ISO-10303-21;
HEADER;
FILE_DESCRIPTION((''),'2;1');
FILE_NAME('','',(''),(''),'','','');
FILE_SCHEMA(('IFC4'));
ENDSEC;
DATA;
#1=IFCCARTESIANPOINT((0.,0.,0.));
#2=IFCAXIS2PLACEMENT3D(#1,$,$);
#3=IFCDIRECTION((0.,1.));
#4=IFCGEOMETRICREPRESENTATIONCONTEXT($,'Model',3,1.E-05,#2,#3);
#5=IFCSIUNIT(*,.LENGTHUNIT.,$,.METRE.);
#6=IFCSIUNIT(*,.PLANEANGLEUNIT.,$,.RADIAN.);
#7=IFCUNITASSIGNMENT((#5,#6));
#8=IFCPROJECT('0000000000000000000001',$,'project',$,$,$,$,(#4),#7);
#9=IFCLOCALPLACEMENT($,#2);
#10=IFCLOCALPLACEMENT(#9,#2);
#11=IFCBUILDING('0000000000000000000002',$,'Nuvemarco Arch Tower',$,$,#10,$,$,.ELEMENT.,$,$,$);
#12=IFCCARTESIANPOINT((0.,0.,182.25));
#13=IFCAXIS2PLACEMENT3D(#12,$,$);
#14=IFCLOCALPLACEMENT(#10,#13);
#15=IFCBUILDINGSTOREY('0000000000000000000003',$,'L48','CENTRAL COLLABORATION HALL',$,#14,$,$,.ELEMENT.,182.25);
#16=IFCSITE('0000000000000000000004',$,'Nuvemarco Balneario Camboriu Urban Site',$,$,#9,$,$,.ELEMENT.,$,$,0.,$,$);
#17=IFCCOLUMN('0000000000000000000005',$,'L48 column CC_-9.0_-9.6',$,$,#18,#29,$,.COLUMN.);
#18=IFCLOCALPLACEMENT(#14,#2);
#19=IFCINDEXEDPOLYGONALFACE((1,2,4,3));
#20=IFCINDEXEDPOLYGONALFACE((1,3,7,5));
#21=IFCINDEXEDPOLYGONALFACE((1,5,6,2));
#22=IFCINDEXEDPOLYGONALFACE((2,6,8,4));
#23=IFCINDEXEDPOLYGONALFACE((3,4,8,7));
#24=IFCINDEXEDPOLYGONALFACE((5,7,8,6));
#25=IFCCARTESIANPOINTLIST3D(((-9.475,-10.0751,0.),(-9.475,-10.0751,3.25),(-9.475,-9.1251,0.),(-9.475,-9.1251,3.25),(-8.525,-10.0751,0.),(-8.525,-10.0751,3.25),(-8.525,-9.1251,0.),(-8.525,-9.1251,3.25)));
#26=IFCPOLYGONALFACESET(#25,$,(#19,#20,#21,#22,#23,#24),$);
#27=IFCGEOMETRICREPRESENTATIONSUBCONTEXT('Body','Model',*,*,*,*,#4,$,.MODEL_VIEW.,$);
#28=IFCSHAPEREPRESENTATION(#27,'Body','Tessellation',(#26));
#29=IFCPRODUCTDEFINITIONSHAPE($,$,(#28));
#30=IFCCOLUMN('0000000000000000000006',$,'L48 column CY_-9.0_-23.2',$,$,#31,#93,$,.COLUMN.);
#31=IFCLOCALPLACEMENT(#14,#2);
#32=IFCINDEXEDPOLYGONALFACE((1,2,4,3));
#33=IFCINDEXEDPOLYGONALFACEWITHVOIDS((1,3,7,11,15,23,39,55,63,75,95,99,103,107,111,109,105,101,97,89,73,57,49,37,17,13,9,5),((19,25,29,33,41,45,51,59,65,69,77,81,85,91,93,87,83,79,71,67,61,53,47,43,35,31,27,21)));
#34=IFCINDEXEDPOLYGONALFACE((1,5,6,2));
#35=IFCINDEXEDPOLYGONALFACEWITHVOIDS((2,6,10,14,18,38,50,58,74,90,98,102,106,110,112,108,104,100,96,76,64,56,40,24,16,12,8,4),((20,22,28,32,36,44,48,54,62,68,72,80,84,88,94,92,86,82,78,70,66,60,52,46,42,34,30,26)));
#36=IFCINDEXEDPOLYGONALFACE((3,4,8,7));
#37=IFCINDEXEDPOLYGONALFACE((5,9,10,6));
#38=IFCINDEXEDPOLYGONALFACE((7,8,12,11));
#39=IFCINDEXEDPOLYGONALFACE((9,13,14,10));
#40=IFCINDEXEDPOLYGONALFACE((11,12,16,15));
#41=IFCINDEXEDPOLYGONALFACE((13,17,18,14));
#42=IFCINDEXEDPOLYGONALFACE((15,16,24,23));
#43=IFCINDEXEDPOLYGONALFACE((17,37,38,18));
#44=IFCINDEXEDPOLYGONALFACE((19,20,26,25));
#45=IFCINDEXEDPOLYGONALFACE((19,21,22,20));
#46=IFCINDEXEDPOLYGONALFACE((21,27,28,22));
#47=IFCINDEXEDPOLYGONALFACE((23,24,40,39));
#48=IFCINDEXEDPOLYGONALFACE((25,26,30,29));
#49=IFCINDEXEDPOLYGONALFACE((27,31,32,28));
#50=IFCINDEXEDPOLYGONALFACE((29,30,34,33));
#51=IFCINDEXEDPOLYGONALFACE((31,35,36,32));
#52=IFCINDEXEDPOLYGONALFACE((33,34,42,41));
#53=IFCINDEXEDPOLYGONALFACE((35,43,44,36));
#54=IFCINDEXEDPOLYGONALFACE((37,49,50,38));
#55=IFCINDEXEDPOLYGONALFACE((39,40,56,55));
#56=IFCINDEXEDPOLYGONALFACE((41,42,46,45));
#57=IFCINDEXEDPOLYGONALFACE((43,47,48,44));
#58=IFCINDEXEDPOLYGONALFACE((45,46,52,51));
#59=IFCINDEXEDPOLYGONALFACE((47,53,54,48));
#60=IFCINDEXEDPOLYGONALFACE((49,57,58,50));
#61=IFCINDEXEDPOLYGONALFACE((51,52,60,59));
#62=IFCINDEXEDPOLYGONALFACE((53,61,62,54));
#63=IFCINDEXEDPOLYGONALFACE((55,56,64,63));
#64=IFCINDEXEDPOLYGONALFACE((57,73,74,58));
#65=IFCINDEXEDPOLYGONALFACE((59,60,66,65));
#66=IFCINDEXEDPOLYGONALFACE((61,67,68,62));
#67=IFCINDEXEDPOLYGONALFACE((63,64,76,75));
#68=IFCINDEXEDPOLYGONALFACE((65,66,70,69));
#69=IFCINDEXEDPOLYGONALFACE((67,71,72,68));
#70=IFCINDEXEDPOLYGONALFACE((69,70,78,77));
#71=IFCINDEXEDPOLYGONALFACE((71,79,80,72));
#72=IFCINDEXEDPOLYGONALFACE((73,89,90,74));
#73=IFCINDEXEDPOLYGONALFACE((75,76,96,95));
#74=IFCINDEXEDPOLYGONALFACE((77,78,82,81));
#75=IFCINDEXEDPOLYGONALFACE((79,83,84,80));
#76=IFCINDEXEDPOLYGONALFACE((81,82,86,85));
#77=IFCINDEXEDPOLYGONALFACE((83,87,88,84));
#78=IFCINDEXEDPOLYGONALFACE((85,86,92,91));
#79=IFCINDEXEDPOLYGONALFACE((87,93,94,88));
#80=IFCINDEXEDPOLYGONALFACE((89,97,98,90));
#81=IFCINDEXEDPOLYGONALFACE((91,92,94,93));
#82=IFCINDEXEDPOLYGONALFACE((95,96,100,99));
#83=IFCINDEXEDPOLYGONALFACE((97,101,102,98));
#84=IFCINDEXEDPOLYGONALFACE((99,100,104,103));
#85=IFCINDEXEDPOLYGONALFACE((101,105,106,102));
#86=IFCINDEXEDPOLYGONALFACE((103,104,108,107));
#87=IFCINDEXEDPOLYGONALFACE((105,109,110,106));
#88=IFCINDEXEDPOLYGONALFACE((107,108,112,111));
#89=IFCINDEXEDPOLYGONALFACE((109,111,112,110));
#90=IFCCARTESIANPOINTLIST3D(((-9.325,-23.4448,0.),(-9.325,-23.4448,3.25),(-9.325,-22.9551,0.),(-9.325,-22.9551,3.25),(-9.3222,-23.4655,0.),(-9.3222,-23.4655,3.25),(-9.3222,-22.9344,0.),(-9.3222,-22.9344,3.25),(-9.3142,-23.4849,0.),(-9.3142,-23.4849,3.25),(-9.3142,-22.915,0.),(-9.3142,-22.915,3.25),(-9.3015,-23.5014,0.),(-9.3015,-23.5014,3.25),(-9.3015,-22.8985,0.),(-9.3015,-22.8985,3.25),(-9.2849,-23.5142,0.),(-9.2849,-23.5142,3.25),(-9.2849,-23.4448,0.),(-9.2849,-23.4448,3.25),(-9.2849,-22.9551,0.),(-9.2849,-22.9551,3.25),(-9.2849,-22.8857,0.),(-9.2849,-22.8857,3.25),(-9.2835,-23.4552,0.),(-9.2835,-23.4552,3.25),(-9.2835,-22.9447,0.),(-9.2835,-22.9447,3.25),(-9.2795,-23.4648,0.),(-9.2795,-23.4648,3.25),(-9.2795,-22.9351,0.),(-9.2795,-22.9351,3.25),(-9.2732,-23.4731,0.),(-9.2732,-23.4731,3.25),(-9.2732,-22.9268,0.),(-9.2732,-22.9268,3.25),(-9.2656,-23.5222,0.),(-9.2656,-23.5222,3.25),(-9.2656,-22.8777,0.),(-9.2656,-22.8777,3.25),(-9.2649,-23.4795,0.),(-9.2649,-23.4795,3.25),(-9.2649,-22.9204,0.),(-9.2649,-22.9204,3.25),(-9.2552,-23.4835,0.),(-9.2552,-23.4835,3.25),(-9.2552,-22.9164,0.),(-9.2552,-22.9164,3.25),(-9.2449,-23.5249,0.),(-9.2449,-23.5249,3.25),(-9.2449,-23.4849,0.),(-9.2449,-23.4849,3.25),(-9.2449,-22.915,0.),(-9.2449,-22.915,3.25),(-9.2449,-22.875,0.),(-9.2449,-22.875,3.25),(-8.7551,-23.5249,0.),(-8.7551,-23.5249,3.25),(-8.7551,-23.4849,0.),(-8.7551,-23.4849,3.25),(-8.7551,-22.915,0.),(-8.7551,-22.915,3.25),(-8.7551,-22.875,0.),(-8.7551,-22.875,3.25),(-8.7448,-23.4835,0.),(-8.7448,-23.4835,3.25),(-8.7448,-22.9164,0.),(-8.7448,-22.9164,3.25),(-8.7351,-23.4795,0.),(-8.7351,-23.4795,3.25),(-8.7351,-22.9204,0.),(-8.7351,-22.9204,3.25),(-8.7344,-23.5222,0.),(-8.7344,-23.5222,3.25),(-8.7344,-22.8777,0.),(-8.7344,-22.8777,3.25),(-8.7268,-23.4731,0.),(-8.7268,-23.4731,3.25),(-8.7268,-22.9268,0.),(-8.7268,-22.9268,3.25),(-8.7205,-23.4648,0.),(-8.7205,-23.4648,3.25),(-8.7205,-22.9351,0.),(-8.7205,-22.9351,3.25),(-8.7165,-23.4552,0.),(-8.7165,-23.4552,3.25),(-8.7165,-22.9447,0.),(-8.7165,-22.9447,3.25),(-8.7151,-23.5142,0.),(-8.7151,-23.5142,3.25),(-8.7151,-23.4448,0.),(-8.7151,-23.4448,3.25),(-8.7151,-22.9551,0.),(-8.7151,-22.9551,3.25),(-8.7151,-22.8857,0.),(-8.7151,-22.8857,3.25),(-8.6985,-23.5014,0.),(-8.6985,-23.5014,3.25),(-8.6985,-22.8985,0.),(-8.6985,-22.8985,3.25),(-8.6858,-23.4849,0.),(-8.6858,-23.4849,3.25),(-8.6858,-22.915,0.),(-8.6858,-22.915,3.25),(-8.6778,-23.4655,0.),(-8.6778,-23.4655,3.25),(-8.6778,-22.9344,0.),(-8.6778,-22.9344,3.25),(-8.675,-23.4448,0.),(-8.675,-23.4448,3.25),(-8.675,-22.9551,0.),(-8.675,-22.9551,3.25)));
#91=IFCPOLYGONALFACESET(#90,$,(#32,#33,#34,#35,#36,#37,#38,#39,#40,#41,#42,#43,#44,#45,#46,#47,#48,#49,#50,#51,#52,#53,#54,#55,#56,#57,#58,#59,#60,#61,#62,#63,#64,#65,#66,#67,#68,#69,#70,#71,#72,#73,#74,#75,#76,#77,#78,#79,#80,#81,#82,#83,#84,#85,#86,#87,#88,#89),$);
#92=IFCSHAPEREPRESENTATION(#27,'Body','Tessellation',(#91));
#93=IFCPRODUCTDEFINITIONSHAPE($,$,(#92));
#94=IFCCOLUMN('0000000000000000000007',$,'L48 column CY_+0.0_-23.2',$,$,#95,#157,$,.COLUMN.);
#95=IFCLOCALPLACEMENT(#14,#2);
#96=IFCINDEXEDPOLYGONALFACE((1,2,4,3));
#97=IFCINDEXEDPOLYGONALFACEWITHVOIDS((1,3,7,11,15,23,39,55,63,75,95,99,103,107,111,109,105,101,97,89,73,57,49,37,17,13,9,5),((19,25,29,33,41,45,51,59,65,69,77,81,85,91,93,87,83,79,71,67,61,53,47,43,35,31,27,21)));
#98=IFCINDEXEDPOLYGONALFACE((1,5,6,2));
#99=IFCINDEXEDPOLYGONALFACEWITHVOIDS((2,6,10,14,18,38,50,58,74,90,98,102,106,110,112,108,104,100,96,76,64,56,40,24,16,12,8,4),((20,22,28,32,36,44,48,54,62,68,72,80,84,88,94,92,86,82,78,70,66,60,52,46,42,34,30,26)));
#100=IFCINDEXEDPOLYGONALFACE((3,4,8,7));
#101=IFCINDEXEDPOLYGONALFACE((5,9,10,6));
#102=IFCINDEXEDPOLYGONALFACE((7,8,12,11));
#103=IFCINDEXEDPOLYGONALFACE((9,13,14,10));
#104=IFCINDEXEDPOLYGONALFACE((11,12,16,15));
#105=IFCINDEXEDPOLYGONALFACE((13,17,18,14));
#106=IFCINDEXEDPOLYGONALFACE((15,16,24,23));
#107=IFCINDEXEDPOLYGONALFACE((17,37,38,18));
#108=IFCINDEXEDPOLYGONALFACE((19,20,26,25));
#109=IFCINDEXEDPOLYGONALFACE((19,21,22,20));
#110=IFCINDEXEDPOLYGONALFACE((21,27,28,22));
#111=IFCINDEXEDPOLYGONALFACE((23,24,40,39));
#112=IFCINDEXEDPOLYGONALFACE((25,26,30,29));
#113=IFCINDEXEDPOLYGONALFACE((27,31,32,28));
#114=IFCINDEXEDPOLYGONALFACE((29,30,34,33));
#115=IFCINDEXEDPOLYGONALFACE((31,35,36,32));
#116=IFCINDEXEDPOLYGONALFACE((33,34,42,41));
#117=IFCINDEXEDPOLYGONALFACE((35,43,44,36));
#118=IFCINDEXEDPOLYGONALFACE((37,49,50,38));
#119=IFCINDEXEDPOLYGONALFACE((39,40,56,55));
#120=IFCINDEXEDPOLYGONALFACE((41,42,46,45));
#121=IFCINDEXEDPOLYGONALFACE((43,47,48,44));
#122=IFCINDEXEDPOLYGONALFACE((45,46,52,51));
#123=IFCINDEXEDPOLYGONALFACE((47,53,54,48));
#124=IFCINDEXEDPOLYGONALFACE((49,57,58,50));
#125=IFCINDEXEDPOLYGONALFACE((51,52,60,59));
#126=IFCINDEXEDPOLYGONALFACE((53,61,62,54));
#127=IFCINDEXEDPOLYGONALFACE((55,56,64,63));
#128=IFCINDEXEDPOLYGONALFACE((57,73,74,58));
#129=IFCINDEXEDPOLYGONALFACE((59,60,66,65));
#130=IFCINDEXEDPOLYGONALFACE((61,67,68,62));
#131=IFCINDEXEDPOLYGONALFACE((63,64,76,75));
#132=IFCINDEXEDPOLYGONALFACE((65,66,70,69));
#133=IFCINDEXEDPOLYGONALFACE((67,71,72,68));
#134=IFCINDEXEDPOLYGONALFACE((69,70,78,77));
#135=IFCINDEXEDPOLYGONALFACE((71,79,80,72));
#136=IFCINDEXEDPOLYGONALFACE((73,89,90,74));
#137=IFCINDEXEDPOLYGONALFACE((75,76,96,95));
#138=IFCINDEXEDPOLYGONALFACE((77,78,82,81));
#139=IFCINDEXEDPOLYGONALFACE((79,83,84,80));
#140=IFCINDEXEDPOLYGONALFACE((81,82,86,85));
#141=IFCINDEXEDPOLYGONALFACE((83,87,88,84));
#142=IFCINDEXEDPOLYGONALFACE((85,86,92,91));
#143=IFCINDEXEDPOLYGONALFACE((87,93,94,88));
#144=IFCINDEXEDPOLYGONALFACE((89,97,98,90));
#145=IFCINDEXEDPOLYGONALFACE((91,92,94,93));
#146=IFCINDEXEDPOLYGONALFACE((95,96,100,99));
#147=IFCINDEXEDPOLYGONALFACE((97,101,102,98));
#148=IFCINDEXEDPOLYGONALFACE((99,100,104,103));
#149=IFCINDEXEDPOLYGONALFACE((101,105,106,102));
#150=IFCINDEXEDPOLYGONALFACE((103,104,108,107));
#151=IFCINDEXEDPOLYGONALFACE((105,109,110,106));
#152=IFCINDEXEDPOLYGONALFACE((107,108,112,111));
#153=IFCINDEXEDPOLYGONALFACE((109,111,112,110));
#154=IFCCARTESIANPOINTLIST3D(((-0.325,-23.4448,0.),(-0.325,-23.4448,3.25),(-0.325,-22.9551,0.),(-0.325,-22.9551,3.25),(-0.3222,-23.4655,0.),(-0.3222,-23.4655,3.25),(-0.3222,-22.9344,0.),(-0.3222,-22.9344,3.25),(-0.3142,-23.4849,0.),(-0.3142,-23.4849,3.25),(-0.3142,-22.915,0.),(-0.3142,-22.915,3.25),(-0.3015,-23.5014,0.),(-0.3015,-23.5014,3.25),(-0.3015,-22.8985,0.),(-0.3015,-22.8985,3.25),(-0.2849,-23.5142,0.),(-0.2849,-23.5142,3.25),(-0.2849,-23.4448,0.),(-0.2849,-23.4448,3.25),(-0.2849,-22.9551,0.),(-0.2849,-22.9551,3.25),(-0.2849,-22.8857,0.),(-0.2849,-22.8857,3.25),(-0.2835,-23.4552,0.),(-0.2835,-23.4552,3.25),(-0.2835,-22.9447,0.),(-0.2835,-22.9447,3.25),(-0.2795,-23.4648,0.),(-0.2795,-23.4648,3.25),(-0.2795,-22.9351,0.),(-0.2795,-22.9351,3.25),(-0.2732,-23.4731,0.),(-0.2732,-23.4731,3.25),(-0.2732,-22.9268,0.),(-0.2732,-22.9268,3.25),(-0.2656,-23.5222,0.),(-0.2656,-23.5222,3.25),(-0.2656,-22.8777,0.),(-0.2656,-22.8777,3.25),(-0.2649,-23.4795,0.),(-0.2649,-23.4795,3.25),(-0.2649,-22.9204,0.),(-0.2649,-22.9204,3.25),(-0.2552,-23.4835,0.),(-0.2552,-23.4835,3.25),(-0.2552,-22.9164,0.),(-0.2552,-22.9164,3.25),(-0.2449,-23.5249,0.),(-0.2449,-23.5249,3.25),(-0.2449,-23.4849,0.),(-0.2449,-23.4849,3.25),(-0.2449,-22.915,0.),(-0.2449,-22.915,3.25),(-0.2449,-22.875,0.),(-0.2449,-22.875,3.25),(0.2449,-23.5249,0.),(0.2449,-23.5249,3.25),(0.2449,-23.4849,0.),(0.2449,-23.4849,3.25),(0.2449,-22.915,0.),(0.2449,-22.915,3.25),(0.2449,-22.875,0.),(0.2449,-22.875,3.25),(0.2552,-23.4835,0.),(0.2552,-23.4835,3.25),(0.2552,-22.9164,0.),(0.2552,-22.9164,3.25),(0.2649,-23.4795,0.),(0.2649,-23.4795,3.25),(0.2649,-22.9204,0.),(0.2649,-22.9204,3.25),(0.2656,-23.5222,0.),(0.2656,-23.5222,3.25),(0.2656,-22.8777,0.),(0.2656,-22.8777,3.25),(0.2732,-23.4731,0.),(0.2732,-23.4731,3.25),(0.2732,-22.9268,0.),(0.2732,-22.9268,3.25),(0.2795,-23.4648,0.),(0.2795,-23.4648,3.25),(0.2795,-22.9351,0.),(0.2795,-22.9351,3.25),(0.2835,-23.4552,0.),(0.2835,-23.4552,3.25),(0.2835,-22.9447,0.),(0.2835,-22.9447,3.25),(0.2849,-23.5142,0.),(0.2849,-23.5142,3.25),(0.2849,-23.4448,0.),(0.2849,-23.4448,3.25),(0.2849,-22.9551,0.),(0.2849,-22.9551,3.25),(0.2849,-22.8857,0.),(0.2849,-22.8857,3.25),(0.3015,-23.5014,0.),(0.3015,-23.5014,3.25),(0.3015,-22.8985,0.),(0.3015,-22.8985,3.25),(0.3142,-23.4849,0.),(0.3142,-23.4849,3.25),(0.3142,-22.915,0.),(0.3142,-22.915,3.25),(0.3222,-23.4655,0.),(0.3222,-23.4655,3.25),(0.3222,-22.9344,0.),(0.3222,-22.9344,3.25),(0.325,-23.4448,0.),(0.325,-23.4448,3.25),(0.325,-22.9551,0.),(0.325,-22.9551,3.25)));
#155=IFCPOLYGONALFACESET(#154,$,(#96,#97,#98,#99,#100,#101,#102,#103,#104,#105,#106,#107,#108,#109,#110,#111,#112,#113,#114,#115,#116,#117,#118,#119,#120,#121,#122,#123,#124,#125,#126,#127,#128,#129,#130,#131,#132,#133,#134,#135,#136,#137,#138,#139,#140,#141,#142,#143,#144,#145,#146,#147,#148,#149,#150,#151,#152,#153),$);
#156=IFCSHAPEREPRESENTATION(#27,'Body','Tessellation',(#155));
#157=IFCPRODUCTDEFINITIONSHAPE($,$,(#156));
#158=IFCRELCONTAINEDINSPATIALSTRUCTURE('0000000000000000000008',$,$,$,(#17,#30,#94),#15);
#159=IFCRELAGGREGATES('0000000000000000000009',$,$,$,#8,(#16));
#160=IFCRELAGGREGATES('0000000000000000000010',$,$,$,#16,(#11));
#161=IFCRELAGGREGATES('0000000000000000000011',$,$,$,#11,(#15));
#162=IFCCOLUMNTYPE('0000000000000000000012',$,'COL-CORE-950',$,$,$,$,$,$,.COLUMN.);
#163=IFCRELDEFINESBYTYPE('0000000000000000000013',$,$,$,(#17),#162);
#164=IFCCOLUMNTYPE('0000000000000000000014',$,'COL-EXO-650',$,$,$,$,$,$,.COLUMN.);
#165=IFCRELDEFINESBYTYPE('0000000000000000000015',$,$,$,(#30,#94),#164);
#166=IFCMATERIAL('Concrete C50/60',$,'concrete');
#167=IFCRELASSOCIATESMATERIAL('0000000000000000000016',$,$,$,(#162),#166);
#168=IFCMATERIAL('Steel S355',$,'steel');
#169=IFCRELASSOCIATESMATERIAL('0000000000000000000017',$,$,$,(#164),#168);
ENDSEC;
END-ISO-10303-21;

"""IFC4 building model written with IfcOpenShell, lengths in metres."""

from ifc_helpers import new_model, si_unit, direction, frame, origin, origin_2d, place, context, subcontext, project, spatial, rectangle, hollow_rectangle, extrude, material, material_profile, profile_set, type_object, element, save


model = new_model("IFC4")

# Units and contexts
model_context = context("Model", 3, precision=1e-05, world=origin(), true_north=direction((0.0, 1.0)))
body_context = subcontext(model_context, "Body", "Model", "MODEL_VIEW")
ifc_project = project(units=[si_unit("LENGTHUNIT", "METRE"), si_unit("PLANEANGLEUNIT", "RADIAN")], contexts=[model_context])

# Site, building, storey
site_placement = place(None, origin())
site = spatial("IfcSite", under=ifc_project, at=site_placement, Name="Nuvemarco Balneario Camboriu Urban Site", CompositionType="ELEMENT", RefElevation=0.0)
building_placement = place(site_placement, origin())
building = spatial("IfcBuilding", under=site, at=building_placement, Name="Nuvemarco Arch Tower", CompositionType="ELEMENT")
storey_placement = place(building_placement, frame((0.0, 0.0, 182.25)))
storey = spatial("IfcBuildingStorey", under=building, at=storey_placement, Name="L48", Description="CENTRAL COLLABORATION HALL", CompositionType="ELEMENT", Elevation=182.25)

# Columns
ifc_material_1 = material(Name="Concrete C50/60", Category="concrete")
ifc_material_profile_1 = material_profile(ifc_material_1, rectangle(XDim=0.95, YDim=0.95, at=origin_2d()), Name="RC-COL-950x950")
ifc_profile_set_1 = profile_set([ifc_material_profile_1], Name="Concrete C50/60")
column_type_1 = type_object("IfcColumnType", Name="COL-CORE-950", PredefinedType="COLUMN", material=ifc_profile_set_1)
column_placement = place(storey_placement, frame((-9.0, -9.6001, 0.0), z_axis=(0.0, 0.0, 1.0), x_axis=(1.0, 0.0, 0.0)))
element("IfcColumn", 1, at=column_placement, inside=storey, type_object=column_type_1, Name="L48 column CC_-9.0_-9.6", PredefinedType="COLUMN", context=body_context, shape_type="SweptSolid", body=[
    extrude(rectangle(XDim=0.95, YDim=0.95, at=origin_2d()), origin(), (0.0, 0.0, 1.0), 3.25),
])
ifc_material_2 = material(Name="Steel S355", Category="steel")
ifc_material_profile_2 = material_profile(ifc_material_2, hollow_rectangle(XDim=0.6499, YDim=0.6499, WallThickness=0.04, InnerFilletRadius=0.04, OuterFilletRadius=0.0801, at=origin_2d()), Name="SHS650x650x40")
ifc_profile_set_2 = profile_set([ifc_material_profile_2], Name="Steel S355")
column_type_2 = type_object("IfcColumnType", Name="COL-EXO-650", PredefinedType="COLUMN", material=ifc_profile_set_2)
for number, where, z_axis, x_axis, name in (
    (2, (-9.0, -23.2, 0.0), (0.0, 0.0, 1.0), (1.0, 0.0, 0.0), "L48 column CY_-9.0_-23.2"),
    (3, (0.0, -23.2, 0.0), (0.0, 0.0, 1.0), (1.0, 0.0, 0.0), "L48 column CY_+0.0_-23.2"),
):
    element("IfcColumn", number, at=place(storey_placement, frame(where, z_axis=z_axis, x_axis=x_axis)), inside=storey, type_object=column_type_2, Name=name, PredefinedType="COLUMN", context=body_context, shape_type="SweptSolid", body=[
        extrude(hollow_rectangle(XDim=0.6499, YDim=0.6499, WallThickness=0.04, InnerFilletRadius=0.04, OuterFilletRadius=0.0801, at=origin_2d()), origin(), (0.0, 0.0, 1.0), 3.25),
    ])

save(model, "model.ifc")
